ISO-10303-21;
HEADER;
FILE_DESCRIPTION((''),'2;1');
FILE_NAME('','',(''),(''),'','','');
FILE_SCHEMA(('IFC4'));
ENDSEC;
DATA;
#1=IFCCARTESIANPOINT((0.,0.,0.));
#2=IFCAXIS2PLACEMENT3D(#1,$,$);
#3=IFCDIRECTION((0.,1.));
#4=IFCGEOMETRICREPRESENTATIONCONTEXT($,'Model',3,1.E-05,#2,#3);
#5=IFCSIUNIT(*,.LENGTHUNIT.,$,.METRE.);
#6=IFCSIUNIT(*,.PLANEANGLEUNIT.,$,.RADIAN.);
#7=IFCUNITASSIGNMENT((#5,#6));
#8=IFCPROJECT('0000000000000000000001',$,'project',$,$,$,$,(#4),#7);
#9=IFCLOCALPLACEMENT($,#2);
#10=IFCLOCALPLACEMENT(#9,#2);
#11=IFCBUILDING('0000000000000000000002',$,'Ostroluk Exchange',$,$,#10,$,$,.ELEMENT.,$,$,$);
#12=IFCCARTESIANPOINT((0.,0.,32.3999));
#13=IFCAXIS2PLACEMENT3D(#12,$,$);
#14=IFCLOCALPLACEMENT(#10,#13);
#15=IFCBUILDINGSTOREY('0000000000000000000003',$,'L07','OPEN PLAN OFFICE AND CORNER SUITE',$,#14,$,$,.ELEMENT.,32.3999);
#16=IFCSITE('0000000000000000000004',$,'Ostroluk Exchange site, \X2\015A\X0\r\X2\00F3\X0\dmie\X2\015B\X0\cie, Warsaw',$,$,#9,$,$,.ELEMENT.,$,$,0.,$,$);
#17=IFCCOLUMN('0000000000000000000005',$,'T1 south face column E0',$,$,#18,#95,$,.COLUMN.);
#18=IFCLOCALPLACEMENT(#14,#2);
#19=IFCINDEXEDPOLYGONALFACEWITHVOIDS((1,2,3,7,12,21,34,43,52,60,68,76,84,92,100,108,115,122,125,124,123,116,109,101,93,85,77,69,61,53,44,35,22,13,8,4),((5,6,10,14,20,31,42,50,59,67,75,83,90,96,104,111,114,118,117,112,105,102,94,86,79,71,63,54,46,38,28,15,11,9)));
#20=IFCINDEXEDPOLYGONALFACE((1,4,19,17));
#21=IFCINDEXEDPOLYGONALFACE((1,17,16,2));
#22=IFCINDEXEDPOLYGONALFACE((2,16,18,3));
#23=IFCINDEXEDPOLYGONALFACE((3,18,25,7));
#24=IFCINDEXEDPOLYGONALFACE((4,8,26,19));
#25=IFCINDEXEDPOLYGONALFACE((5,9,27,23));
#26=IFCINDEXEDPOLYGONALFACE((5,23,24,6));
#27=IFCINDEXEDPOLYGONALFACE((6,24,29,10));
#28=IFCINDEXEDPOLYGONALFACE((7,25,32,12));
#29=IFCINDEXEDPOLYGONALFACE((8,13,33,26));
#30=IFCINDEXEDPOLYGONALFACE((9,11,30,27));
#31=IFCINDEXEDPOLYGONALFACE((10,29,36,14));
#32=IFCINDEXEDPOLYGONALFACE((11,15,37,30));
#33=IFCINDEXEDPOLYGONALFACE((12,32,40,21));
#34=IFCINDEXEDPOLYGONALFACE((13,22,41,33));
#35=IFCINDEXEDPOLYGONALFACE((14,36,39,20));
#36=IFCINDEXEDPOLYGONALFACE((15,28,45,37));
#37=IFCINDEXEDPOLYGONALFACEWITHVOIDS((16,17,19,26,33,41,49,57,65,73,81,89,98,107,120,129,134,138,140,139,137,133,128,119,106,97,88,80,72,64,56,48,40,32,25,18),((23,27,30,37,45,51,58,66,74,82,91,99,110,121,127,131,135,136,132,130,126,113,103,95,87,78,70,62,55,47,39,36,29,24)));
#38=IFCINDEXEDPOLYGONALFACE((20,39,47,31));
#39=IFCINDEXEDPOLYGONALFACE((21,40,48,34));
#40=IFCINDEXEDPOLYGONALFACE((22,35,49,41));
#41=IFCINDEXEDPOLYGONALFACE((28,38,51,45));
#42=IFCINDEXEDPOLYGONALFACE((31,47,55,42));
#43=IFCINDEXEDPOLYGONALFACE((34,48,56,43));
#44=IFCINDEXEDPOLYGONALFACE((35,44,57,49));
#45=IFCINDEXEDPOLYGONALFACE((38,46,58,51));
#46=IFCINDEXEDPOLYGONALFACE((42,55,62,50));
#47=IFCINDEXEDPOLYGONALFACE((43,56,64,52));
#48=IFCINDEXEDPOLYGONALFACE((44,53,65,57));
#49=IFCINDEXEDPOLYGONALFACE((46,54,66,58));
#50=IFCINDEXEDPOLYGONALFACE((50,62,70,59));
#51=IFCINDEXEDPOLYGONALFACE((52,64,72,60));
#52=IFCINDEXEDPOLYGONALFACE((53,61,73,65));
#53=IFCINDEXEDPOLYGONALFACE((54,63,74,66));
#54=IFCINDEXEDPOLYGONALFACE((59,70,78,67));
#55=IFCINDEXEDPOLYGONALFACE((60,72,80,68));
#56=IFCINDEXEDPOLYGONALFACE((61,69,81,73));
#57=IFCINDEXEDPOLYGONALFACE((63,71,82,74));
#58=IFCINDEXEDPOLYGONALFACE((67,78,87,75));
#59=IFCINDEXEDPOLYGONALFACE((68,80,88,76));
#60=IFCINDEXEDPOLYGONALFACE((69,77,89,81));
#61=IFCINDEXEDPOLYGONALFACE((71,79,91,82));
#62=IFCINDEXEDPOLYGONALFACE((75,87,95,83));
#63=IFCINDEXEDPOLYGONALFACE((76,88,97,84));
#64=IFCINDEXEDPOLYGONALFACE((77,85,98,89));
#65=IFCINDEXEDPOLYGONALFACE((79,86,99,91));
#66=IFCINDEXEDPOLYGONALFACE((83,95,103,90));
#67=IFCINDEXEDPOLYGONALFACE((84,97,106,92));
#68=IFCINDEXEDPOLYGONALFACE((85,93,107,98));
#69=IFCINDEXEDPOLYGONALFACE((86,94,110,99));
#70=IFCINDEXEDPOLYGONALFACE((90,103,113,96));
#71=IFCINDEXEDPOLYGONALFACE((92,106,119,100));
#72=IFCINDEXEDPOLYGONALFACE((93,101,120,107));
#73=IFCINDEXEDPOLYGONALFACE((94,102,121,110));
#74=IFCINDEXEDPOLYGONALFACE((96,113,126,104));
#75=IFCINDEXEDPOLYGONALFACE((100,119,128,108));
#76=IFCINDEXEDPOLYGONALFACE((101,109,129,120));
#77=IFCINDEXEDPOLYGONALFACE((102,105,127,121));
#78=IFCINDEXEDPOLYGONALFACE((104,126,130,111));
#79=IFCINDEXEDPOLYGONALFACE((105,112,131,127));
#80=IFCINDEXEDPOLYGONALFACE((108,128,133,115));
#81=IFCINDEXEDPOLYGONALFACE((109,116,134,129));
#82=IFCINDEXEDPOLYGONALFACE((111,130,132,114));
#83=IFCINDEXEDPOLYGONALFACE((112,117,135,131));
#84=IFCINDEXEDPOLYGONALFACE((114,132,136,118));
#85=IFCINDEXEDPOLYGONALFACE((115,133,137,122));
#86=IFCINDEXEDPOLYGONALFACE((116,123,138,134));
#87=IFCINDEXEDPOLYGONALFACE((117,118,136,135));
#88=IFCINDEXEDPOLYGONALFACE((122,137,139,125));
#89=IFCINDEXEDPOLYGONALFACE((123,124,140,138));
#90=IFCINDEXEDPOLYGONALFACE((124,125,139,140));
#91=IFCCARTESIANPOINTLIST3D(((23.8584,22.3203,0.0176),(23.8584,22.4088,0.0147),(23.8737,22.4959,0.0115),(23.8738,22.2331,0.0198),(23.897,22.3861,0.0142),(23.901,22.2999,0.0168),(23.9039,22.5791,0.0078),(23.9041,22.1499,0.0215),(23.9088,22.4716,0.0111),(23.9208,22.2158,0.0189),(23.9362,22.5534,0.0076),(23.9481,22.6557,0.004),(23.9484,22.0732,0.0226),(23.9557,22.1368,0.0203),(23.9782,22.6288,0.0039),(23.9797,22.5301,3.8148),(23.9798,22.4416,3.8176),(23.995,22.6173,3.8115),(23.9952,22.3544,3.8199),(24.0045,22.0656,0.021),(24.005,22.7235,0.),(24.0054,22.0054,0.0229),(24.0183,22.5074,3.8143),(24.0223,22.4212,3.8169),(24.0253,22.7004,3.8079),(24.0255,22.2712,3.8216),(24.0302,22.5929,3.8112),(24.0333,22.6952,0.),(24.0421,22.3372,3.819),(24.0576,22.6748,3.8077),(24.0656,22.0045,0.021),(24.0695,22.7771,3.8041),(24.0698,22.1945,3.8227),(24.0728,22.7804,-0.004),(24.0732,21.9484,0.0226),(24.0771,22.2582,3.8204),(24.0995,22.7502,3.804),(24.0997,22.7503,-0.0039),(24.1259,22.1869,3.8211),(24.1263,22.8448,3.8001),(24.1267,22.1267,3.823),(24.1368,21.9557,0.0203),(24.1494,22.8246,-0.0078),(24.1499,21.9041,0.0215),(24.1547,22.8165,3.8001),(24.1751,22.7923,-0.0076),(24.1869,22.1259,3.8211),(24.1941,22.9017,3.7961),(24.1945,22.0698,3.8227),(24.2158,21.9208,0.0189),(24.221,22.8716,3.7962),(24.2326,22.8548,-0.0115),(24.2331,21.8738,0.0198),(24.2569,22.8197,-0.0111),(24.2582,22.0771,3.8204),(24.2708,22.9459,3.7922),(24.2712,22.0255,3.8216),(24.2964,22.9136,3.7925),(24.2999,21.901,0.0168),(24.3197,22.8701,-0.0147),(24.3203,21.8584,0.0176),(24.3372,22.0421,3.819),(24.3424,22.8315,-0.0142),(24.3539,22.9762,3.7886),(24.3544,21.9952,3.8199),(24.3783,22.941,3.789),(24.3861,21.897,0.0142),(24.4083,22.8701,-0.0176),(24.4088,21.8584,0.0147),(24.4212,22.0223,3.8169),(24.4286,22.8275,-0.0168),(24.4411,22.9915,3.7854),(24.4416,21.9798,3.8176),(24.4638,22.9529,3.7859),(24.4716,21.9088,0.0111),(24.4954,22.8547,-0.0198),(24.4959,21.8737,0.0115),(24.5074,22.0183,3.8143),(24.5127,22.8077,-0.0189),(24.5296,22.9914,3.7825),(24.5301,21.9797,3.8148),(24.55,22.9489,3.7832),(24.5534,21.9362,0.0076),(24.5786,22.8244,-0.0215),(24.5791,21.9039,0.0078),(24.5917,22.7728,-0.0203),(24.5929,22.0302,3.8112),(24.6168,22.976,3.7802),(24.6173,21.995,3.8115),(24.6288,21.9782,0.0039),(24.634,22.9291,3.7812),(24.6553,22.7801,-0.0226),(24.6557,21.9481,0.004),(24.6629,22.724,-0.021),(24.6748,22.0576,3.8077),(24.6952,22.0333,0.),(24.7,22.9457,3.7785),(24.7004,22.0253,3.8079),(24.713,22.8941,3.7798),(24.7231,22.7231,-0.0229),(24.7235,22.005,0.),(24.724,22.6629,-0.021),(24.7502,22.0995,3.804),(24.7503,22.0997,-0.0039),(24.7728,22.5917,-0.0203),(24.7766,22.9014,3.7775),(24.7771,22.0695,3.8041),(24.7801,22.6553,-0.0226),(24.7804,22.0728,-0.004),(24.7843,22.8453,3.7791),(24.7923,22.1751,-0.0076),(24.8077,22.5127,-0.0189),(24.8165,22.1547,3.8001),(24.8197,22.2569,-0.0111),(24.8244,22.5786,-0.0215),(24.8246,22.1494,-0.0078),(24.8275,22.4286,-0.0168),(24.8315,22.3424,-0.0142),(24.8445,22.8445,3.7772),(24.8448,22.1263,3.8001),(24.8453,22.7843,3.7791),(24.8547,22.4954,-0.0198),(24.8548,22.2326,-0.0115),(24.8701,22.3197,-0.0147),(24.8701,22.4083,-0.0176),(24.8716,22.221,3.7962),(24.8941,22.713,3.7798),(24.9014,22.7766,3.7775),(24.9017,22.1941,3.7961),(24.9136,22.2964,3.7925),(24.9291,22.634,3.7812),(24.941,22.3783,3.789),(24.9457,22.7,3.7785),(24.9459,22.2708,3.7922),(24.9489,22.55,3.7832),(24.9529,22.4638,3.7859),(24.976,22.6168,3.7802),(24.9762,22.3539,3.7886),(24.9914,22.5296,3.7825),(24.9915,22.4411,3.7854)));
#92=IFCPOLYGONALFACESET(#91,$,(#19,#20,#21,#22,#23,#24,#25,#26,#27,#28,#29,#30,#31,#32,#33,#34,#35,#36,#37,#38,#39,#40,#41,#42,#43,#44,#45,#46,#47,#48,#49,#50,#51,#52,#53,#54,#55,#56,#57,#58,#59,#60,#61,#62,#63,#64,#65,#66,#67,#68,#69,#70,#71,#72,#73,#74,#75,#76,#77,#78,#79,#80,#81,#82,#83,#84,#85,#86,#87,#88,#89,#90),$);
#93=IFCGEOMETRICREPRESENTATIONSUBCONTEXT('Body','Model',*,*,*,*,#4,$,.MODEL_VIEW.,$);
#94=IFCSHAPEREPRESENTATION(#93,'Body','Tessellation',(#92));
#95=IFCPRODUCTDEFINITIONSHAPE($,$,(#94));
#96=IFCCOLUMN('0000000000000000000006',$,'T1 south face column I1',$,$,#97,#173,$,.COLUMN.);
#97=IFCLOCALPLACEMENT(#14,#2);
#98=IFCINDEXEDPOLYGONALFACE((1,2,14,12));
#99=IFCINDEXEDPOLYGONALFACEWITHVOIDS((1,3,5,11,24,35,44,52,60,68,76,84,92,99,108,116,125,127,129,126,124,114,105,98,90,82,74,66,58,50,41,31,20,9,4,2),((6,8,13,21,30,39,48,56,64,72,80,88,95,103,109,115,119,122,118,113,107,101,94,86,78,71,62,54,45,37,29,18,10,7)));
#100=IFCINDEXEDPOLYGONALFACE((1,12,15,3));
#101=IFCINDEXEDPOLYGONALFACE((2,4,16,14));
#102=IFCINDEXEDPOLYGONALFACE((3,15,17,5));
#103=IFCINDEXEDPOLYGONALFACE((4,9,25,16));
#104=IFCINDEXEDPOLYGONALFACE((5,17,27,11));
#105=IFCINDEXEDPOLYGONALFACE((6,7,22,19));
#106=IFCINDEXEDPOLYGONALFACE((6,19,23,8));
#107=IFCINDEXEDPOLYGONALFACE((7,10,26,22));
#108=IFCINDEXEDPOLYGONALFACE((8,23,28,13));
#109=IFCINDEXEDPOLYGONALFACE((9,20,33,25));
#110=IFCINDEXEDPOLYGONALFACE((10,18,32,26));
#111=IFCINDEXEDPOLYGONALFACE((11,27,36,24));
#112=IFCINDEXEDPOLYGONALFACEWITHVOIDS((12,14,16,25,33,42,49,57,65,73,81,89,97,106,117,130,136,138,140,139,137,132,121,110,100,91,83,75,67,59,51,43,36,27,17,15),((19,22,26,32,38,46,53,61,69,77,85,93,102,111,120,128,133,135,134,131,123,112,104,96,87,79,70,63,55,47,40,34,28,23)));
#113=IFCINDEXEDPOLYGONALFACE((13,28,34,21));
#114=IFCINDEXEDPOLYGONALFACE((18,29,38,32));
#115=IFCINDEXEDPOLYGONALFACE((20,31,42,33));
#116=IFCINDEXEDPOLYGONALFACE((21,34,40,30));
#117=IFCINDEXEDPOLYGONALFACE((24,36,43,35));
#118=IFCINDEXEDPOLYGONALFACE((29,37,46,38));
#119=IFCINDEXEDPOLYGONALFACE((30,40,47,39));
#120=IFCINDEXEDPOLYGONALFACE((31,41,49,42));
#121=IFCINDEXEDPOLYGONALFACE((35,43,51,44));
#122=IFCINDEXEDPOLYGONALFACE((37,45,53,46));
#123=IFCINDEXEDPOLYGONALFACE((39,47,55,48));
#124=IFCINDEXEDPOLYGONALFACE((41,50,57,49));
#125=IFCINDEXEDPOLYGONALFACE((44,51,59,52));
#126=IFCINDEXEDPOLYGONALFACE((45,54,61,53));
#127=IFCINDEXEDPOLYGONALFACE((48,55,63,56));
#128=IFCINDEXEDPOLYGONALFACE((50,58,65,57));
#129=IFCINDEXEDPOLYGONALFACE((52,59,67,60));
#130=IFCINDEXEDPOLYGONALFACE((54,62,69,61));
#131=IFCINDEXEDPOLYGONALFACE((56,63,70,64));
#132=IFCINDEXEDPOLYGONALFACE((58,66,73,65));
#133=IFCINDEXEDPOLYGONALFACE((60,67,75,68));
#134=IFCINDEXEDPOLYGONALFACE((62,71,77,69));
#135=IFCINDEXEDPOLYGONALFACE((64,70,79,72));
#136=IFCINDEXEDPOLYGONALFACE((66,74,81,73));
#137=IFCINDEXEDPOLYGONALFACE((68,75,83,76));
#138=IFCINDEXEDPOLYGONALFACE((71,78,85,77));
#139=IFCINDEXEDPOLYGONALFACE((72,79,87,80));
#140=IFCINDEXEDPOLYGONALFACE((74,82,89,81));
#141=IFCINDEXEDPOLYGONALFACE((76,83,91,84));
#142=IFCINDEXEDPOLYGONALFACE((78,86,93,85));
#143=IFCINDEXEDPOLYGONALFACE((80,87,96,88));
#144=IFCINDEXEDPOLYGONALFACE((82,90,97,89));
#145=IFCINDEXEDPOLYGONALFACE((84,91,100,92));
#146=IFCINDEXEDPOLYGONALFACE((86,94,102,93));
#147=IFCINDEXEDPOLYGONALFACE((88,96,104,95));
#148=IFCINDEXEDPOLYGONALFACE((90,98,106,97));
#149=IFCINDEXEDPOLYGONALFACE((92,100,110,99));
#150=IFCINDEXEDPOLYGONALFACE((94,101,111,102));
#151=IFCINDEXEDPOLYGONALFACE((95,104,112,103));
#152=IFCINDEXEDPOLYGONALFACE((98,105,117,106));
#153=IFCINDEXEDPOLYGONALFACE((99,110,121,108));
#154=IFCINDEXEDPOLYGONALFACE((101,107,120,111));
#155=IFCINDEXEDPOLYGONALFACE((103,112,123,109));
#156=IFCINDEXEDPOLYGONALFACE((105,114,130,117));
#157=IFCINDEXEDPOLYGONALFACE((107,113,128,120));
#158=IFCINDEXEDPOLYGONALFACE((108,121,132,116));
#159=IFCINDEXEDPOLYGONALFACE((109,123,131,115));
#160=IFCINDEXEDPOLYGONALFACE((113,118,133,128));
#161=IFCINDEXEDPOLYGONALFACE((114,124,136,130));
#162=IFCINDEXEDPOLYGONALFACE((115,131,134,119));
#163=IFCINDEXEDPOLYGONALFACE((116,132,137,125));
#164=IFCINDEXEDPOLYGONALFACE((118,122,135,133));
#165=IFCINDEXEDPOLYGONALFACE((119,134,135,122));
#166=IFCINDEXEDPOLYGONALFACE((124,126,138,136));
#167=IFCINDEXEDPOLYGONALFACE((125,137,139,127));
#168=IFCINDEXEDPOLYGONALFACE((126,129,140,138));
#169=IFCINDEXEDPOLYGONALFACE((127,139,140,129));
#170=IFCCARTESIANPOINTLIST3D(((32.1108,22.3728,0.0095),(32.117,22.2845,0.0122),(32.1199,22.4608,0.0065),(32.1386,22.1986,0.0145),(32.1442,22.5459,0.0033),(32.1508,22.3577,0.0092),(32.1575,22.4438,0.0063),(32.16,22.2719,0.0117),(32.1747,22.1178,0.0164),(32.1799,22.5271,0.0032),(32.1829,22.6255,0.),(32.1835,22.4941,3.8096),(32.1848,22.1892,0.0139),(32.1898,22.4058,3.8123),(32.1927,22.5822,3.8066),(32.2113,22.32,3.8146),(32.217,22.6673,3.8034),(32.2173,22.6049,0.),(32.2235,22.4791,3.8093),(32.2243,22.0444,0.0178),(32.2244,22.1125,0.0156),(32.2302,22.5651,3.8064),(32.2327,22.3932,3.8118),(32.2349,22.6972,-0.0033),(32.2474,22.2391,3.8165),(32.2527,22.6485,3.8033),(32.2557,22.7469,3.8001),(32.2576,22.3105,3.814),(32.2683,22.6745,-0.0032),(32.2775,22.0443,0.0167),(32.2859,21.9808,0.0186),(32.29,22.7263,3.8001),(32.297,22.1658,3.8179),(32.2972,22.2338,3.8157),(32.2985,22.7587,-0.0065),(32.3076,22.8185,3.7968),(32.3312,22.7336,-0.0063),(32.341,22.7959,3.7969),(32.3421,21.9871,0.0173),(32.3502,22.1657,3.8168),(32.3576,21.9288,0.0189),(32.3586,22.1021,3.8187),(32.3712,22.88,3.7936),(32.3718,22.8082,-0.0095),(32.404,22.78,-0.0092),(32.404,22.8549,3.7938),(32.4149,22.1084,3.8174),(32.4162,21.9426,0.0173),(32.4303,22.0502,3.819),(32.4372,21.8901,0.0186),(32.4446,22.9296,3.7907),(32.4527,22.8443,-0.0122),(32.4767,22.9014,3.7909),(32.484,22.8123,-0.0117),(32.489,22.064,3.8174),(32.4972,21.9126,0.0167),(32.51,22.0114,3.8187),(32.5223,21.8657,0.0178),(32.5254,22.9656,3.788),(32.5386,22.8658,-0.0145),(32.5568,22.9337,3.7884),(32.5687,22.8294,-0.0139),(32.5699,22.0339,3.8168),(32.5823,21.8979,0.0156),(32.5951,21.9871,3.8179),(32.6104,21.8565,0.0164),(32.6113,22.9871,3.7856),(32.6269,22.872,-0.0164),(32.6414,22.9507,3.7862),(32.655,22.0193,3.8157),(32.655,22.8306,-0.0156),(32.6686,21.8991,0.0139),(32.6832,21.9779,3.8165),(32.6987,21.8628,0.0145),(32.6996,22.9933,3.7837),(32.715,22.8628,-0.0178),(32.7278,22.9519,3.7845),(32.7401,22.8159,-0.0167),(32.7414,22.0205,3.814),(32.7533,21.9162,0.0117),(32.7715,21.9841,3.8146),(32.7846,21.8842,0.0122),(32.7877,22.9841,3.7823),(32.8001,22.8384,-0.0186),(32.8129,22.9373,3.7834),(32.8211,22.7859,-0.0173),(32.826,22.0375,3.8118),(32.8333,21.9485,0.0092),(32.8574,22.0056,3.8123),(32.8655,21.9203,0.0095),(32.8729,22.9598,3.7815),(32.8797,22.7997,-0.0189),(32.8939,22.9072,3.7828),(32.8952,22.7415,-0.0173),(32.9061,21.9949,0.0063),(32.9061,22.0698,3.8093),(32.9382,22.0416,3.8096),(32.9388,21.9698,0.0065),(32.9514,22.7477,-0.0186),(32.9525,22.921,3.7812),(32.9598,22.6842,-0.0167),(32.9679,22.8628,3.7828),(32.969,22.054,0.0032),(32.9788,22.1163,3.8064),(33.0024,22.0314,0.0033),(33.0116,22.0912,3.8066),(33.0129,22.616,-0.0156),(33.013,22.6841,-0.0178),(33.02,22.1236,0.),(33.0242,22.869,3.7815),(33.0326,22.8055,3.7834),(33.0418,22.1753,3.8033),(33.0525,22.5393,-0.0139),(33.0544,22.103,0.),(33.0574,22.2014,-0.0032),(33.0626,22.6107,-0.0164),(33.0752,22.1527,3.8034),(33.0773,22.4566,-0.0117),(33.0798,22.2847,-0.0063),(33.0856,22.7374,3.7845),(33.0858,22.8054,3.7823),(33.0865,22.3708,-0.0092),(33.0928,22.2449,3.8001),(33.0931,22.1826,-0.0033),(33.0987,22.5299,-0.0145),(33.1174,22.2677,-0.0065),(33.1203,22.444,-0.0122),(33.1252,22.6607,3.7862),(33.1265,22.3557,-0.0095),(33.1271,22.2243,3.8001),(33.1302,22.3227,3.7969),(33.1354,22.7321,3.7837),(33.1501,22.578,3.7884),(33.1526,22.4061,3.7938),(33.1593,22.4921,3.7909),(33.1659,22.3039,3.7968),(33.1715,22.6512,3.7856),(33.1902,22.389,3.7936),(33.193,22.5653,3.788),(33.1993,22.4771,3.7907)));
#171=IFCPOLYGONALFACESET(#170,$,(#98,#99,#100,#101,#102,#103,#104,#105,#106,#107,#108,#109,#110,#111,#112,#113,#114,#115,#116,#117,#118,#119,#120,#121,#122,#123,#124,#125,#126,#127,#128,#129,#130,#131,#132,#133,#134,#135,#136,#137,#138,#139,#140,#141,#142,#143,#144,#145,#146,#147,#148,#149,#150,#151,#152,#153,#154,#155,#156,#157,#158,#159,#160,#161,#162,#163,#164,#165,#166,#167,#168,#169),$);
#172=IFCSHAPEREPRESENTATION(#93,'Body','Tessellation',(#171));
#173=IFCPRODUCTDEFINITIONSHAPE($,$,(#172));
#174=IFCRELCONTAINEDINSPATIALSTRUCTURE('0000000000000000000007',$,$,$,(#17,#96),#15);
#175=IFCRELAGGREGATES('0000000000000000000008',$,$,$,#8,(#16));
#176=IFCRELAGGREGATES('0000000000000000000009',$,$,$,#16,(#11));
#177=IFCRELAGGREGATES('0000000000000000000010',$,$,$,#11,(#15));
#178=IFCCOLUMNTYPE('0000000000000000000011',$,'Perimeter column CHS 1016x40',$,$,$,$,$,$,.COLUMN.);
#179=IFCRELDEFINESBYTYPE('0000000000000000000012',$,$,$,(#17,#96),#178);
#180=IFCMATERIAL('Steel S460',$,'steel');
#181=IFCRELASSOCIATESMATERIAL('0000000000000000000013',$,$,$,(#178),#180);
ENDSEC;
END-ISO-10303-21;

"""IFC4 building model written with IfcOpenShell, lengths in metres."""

from ifc_helpers import new_model, si_unit, direction, frame, origin, origin_2d, place, context, subcontext, project, spatial, hollow_circle, extrude, material, material_profile, profile_set, type_object, element, save


model = new_model("IFC4")

# Units and contexts
model_context = context("Model", 3, precision=1e-05, world=origin(), true_north=direction((0.0, 1.0)))
body_context = subcontext(model_context, "Body", "Model", "MODEL_VIEW")
ifc_project = project(units=[si_unit("LENGTHUNIT", "METRE"), si_unit("PLANEANGLEUNIT", "RADIAN")], contexts=[model_context])

# Site, building, storey
site_placement = place(None, origin())
site = spatial("IfcSite", under=ifc_project, at=site_placement, Name="Ostroluk Exchange site, Śródmieście, Warsaw", CompositionType="ELEMENT", RefElevation=0.0)
building_placement = place(site_placement, origin())
building = spatial("IfcBuilding", under=site, at=building_placement, Name="Ostroluk Exchange", CompositionType="ELEMENT")
storey_placement = place(building_placement, frame((0.0, 0.0, 32.3999)))
storey = spatial("IfcBuildingStorey", under=building, at=storey_placement, Name="L07", Description="OPEN PLAN OFFICE AND CORNER SUITE", CompositionType="ELEMENT", Elevation=32.3999)

# Columns
ifc_material_1 = material(Name="Steel S460", Category="steel")
ifc_material_profile_1 = material_profile(ifc_material_1, hollow_circle(Radius=0.5081, WallThickness=0.04, at=origin_2d()), Name="CHS 1016x40")
ifc_profile_set_1 = profile_set([ifc_material_profile_1], Name="Steel S460")
column_type = type_object("IfcColumnType", Name="Perimeter column CHS 1016x40", PredefinedType="COLUMN", material=ifc_profile_set_1)
column_1_placement = place(storey_placement, frame((24.3643, 22.3643, 0.0), z_axis=(0.031898, 0.031898, 0.998982), x_axis=(-0.707107, 0.707107, 0.0)))
element("IfcColumn", 1, at=column_1_placement, inside=storey, type_object=column_type, Name="T1 south face column E0", PredefinedType="COLUMN", context=body_context, shape_type="SweptSolid", body=[
    extrude(hollow_circle(Radius=0.5081, WallThickness=0.04, at=origin_2d()), origin(), (0.0, 0.0, 1.0), 3.804),
])
column_2_placement = place(storey_placement, frame((32.6187, 22.3643, 0.0), z_axis=(0.019132, 0.031909, 0.999308), x_axis=(-0.857645, 0.514242, 0.0)))
element("IfcColumn", 2, at=column_2_placement, inside=storey, type_object=column_type, Name="T1 south face column I1", PredefinedType="COLUMN", context=body_context, shape_type="SweptSolid", body=[
    extrude(hollow_circle(Radius=0.5081, WallThickness=0.04, at=origin_2d()), origin(), (0.0, 0.0, 1.0), 3.8027),
])

save(model, "model.ifc")
